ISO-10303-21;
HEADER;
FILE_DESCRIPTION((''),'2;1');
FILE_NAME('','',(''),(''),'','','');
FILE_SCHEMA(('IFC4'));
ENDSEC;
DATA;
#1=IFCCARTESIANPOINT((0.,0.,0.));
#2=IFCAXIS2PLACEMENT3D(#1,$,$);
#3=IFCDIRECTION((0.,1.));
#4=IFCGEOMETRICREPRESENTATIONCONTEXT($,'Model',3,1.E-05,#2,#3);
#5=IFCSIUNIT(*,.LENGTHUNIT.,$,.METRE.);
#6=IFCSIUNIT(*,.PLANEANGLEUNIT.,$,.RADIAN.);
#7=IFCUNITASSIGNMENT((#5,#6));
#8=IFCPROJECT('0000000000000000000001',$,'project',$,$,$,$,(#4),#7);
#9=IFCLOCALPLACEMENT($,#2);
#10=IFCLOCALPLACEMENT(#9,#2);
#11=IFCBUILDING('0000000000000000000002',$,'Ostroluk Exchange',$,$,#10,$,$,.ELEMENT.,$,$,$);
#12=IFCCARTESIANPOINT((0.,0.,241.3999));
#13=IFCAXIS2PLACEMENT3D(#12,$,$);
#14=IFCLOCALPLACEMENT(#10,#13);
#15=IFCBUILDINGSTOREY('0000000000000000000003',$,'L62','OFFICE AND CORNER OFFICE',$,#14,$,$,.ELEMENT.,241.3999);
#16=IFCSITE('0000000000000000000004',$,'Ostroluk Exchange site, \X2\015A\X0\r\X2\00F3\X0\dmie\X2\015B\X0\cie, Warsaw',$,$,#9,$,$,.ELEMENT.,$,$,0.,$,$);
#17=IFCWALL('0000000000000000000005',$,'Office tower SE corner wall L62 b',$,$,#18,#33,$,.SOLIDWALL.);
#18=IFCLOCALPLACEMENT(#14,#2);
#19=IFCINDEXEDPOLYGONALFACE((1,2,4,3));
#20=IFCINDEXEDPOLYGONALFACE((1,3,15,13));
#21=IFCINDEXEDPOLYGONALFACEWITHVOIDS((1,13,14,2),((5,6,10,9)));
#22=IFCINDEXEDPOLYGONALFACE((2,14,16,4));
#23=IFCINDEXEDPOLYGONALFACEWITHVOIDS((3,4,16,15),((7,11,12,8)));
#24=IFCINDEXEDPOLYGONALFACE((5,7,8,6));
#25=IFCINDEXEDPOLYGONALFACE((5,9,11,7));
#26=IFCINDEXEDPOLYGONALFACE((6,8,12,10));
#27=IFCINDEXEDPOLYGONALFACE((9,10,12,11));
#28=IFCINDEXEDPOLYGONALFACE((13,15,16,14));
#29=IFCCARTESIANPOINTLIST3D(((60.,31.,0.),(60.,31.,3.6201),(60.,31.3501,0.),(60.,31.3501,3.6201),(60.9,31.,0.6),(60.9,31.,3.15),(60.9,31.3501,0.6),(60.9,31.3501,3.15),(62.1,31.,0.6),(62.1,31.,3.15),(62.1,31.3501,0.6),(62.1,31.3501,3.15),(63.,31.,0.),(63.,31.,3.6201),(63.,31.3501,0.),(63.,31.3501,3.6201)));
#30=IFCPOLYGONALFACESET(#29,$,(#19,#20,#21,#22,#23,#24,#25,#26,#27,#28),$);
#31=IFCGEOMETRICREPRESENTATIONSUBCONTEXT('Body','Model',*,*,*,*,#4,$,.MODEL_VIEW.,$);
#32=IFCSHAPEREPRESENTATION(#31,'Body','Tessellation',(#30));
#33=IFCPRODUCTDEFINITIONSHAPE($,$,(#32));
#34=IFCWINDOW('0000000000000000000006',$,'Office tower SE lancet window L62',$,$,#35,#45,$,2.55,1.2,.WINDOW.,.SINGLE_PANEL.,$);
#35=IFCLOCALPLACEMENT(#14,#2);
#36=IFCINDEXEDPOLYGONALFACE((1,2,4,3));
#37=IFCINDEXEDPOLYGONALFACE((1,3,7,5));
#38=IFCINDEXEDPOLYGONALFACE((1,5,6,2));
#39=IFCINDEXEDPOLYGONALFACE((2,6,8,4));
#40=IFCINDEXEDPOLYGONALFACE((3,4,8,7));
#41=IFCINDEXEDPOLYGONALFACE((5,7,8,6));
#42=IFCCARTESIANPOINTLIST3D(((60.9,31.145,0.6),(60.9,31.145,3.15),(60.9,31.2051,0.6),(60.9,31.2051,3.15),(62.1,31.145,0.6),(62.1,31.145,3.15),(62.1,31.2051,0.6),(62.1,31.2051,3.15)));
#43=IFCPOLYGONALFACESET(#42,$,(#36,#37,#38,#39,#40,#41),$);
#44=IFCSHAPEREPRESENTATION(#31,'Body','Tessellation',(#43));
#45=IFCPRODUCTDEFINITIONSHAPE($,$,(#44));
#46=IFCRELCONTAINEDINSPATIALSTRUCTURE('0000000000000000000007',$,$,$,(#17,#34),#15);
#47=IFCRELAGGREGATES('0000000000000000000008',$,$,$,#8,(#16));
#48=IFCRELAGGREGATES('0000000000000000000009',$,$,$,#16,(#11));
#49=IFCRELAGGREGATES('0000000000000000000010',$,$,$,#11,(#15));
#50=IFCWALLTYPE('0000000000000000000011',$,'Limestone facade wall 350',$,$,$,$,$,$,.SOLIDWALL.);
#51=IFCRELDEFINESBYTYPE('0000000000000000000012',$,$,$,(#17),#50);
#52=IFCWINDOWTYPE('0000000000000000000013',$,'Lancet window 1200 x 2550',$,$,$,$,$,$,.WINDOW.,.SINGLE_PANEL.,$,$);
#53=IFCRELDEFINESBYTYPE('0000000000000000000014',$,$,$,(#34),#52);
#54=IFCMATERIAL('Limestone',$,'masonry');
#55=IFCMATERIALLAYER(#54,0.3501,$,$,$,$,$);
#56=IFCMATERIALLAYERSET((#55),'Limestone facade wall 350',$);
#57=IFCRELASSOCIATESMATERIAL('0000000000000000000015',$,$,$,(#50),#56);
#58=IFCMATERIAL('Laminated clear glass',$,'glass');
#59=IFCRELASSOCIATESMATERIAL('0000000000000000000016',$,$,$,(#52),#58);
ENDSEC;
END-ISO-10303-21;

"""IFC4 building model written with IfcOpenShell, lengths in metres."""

from ifc_helpers import new_model, si_unit, direction, frame, frame_2d, origin, place, context, subcontext, project, spatial, rectangle, extrude, material, layer, layer_set, type_object, element, fill, save


model = new_model("IFC4")

# Units and contexts
model_context = context("Model", 3, precision=1e-05, world=origin(), true_north=direction((0.0, 1.0)))
body_context = subcontext(model_context, "Body", "Model", "MODEL_VIEW")
ifc_project = project(units=[si_unit("LENGTHUNIT", "METRE"), si_unit("PLANEANGLEUNIT", "RADIAN")], contexts=[model_context])

# Site, building, storey
site_placement = place(None, origin())
site = spatial("IfcSite", under=ifc_project, at=site_placement, Name="Ostroluk Exchange site, Śródmieście, Warsaw", CompositionType="ELEMENT", RefElevation=0.0)
building_placement = place(site_placement, origin())
building = spatial("IfcBuilding", under=site, at=building_placement, Name="Ostroluk Exchange", CompositionType="ELEMENT")
storey_placement = place(building_placement, frame((0.0, 0.0, 241.3999)))
storey = spatial("IfcBuildingStorey", under=building, at=storey_placement, Name="L62", Description="OFFICE AND CORNER OFFICE", CompositionType="ELEMENT", Elevation=241.3999)

# Shared definitions
ifc_material_1 = material(Name="Limestone", Category="masonry")
ifc_layer_1 = layer(ifc_material_1, 0.3501)
ifc_layer_set_1 = layer_set([ifc_layer_1], Name="Limestone facade wall 350")
wall_type = type_object("IfcWallType", Name="Limestone facade wall 350", PredefinedType="SOLIDWALL", material=ifc_layer_set_1)

# Wall, opening, window
wall_1_placement = place(storey_placement, frame((60.0, 31.175, 0.0), z_axis=(0.0, 0.0, 1.0), x_axis=(1.0, 0.0, 0.0)))
wall_1 = element("IfcWall", 1, at=wall_1_placement, inside=storey, type_object=wall_type, Name="Office tower SE corner wall L62 b", PredefinedType="SOLIDWALL", context=body_context, shape_type="SweptSolid", body=[
    extrude(rectangle(XDim=3.0, YDim=0.3501, at=frame_2d((1.5, 0.0))), origin(), (0.0, 0.0, 1.0), 3.6201),
])
opening_1_placement = place(wall_1_placement, frame((0.8999, 0.0, 0.6001)))
opening_1 = element("IfcOpeningElement", 2, at=opening_1_placement, cuts=wall_1, PredefinedType="OPENING", context=body_context, shape_type="SweptSolid", body=[
    extrude(rectangle(XDim=1.2, YDim=2.55, at=frame_2d((0.6001, 1.2749))), frame((0.0, 0.1851, 0.0), z_axis=(0.0, -1.0, 0.0), x_axis=(1.0, 0.0, 0.0)), (0.0, 0.0, 1.0), 0.3701),
])
ifc_material_2 = material(Name="Laminated clear glass", Category="glass")
window_type = type_object("IfcWindowType", Name="Lancet window 1200 x 2550", PartitioningType="SINGLE_PANEL", PredefinedType="WINDOW", material=ifc_material_2)
window_placement = place(opening_1_placement, origin())
window = element("IfcWindow", 3, at=window_placement, inside=storey, type_object=window_type, Name="Office tower SE lancet window L62", OverallHeight=2.55, OverallWidth=1.2, PartitioningType="SINGLE_PANEL", PredefinedType="WINDOW", context=body_context, shape_type="SweptSolid", body=[
    extrude(rectangle(XDim=1.2, YDim=2.55, at=frame_2d((0.6001, 1.2749))), frame((0.0, 0.03, 0.0), z_axis=(0.0, -1.0, 0.0), x_axis=(1.0, 0.0, 0.0)), (0.0, 0.0, 1.0), 0.0601),
])
fill(opening_1, window)

save(model, "model.ifc")
